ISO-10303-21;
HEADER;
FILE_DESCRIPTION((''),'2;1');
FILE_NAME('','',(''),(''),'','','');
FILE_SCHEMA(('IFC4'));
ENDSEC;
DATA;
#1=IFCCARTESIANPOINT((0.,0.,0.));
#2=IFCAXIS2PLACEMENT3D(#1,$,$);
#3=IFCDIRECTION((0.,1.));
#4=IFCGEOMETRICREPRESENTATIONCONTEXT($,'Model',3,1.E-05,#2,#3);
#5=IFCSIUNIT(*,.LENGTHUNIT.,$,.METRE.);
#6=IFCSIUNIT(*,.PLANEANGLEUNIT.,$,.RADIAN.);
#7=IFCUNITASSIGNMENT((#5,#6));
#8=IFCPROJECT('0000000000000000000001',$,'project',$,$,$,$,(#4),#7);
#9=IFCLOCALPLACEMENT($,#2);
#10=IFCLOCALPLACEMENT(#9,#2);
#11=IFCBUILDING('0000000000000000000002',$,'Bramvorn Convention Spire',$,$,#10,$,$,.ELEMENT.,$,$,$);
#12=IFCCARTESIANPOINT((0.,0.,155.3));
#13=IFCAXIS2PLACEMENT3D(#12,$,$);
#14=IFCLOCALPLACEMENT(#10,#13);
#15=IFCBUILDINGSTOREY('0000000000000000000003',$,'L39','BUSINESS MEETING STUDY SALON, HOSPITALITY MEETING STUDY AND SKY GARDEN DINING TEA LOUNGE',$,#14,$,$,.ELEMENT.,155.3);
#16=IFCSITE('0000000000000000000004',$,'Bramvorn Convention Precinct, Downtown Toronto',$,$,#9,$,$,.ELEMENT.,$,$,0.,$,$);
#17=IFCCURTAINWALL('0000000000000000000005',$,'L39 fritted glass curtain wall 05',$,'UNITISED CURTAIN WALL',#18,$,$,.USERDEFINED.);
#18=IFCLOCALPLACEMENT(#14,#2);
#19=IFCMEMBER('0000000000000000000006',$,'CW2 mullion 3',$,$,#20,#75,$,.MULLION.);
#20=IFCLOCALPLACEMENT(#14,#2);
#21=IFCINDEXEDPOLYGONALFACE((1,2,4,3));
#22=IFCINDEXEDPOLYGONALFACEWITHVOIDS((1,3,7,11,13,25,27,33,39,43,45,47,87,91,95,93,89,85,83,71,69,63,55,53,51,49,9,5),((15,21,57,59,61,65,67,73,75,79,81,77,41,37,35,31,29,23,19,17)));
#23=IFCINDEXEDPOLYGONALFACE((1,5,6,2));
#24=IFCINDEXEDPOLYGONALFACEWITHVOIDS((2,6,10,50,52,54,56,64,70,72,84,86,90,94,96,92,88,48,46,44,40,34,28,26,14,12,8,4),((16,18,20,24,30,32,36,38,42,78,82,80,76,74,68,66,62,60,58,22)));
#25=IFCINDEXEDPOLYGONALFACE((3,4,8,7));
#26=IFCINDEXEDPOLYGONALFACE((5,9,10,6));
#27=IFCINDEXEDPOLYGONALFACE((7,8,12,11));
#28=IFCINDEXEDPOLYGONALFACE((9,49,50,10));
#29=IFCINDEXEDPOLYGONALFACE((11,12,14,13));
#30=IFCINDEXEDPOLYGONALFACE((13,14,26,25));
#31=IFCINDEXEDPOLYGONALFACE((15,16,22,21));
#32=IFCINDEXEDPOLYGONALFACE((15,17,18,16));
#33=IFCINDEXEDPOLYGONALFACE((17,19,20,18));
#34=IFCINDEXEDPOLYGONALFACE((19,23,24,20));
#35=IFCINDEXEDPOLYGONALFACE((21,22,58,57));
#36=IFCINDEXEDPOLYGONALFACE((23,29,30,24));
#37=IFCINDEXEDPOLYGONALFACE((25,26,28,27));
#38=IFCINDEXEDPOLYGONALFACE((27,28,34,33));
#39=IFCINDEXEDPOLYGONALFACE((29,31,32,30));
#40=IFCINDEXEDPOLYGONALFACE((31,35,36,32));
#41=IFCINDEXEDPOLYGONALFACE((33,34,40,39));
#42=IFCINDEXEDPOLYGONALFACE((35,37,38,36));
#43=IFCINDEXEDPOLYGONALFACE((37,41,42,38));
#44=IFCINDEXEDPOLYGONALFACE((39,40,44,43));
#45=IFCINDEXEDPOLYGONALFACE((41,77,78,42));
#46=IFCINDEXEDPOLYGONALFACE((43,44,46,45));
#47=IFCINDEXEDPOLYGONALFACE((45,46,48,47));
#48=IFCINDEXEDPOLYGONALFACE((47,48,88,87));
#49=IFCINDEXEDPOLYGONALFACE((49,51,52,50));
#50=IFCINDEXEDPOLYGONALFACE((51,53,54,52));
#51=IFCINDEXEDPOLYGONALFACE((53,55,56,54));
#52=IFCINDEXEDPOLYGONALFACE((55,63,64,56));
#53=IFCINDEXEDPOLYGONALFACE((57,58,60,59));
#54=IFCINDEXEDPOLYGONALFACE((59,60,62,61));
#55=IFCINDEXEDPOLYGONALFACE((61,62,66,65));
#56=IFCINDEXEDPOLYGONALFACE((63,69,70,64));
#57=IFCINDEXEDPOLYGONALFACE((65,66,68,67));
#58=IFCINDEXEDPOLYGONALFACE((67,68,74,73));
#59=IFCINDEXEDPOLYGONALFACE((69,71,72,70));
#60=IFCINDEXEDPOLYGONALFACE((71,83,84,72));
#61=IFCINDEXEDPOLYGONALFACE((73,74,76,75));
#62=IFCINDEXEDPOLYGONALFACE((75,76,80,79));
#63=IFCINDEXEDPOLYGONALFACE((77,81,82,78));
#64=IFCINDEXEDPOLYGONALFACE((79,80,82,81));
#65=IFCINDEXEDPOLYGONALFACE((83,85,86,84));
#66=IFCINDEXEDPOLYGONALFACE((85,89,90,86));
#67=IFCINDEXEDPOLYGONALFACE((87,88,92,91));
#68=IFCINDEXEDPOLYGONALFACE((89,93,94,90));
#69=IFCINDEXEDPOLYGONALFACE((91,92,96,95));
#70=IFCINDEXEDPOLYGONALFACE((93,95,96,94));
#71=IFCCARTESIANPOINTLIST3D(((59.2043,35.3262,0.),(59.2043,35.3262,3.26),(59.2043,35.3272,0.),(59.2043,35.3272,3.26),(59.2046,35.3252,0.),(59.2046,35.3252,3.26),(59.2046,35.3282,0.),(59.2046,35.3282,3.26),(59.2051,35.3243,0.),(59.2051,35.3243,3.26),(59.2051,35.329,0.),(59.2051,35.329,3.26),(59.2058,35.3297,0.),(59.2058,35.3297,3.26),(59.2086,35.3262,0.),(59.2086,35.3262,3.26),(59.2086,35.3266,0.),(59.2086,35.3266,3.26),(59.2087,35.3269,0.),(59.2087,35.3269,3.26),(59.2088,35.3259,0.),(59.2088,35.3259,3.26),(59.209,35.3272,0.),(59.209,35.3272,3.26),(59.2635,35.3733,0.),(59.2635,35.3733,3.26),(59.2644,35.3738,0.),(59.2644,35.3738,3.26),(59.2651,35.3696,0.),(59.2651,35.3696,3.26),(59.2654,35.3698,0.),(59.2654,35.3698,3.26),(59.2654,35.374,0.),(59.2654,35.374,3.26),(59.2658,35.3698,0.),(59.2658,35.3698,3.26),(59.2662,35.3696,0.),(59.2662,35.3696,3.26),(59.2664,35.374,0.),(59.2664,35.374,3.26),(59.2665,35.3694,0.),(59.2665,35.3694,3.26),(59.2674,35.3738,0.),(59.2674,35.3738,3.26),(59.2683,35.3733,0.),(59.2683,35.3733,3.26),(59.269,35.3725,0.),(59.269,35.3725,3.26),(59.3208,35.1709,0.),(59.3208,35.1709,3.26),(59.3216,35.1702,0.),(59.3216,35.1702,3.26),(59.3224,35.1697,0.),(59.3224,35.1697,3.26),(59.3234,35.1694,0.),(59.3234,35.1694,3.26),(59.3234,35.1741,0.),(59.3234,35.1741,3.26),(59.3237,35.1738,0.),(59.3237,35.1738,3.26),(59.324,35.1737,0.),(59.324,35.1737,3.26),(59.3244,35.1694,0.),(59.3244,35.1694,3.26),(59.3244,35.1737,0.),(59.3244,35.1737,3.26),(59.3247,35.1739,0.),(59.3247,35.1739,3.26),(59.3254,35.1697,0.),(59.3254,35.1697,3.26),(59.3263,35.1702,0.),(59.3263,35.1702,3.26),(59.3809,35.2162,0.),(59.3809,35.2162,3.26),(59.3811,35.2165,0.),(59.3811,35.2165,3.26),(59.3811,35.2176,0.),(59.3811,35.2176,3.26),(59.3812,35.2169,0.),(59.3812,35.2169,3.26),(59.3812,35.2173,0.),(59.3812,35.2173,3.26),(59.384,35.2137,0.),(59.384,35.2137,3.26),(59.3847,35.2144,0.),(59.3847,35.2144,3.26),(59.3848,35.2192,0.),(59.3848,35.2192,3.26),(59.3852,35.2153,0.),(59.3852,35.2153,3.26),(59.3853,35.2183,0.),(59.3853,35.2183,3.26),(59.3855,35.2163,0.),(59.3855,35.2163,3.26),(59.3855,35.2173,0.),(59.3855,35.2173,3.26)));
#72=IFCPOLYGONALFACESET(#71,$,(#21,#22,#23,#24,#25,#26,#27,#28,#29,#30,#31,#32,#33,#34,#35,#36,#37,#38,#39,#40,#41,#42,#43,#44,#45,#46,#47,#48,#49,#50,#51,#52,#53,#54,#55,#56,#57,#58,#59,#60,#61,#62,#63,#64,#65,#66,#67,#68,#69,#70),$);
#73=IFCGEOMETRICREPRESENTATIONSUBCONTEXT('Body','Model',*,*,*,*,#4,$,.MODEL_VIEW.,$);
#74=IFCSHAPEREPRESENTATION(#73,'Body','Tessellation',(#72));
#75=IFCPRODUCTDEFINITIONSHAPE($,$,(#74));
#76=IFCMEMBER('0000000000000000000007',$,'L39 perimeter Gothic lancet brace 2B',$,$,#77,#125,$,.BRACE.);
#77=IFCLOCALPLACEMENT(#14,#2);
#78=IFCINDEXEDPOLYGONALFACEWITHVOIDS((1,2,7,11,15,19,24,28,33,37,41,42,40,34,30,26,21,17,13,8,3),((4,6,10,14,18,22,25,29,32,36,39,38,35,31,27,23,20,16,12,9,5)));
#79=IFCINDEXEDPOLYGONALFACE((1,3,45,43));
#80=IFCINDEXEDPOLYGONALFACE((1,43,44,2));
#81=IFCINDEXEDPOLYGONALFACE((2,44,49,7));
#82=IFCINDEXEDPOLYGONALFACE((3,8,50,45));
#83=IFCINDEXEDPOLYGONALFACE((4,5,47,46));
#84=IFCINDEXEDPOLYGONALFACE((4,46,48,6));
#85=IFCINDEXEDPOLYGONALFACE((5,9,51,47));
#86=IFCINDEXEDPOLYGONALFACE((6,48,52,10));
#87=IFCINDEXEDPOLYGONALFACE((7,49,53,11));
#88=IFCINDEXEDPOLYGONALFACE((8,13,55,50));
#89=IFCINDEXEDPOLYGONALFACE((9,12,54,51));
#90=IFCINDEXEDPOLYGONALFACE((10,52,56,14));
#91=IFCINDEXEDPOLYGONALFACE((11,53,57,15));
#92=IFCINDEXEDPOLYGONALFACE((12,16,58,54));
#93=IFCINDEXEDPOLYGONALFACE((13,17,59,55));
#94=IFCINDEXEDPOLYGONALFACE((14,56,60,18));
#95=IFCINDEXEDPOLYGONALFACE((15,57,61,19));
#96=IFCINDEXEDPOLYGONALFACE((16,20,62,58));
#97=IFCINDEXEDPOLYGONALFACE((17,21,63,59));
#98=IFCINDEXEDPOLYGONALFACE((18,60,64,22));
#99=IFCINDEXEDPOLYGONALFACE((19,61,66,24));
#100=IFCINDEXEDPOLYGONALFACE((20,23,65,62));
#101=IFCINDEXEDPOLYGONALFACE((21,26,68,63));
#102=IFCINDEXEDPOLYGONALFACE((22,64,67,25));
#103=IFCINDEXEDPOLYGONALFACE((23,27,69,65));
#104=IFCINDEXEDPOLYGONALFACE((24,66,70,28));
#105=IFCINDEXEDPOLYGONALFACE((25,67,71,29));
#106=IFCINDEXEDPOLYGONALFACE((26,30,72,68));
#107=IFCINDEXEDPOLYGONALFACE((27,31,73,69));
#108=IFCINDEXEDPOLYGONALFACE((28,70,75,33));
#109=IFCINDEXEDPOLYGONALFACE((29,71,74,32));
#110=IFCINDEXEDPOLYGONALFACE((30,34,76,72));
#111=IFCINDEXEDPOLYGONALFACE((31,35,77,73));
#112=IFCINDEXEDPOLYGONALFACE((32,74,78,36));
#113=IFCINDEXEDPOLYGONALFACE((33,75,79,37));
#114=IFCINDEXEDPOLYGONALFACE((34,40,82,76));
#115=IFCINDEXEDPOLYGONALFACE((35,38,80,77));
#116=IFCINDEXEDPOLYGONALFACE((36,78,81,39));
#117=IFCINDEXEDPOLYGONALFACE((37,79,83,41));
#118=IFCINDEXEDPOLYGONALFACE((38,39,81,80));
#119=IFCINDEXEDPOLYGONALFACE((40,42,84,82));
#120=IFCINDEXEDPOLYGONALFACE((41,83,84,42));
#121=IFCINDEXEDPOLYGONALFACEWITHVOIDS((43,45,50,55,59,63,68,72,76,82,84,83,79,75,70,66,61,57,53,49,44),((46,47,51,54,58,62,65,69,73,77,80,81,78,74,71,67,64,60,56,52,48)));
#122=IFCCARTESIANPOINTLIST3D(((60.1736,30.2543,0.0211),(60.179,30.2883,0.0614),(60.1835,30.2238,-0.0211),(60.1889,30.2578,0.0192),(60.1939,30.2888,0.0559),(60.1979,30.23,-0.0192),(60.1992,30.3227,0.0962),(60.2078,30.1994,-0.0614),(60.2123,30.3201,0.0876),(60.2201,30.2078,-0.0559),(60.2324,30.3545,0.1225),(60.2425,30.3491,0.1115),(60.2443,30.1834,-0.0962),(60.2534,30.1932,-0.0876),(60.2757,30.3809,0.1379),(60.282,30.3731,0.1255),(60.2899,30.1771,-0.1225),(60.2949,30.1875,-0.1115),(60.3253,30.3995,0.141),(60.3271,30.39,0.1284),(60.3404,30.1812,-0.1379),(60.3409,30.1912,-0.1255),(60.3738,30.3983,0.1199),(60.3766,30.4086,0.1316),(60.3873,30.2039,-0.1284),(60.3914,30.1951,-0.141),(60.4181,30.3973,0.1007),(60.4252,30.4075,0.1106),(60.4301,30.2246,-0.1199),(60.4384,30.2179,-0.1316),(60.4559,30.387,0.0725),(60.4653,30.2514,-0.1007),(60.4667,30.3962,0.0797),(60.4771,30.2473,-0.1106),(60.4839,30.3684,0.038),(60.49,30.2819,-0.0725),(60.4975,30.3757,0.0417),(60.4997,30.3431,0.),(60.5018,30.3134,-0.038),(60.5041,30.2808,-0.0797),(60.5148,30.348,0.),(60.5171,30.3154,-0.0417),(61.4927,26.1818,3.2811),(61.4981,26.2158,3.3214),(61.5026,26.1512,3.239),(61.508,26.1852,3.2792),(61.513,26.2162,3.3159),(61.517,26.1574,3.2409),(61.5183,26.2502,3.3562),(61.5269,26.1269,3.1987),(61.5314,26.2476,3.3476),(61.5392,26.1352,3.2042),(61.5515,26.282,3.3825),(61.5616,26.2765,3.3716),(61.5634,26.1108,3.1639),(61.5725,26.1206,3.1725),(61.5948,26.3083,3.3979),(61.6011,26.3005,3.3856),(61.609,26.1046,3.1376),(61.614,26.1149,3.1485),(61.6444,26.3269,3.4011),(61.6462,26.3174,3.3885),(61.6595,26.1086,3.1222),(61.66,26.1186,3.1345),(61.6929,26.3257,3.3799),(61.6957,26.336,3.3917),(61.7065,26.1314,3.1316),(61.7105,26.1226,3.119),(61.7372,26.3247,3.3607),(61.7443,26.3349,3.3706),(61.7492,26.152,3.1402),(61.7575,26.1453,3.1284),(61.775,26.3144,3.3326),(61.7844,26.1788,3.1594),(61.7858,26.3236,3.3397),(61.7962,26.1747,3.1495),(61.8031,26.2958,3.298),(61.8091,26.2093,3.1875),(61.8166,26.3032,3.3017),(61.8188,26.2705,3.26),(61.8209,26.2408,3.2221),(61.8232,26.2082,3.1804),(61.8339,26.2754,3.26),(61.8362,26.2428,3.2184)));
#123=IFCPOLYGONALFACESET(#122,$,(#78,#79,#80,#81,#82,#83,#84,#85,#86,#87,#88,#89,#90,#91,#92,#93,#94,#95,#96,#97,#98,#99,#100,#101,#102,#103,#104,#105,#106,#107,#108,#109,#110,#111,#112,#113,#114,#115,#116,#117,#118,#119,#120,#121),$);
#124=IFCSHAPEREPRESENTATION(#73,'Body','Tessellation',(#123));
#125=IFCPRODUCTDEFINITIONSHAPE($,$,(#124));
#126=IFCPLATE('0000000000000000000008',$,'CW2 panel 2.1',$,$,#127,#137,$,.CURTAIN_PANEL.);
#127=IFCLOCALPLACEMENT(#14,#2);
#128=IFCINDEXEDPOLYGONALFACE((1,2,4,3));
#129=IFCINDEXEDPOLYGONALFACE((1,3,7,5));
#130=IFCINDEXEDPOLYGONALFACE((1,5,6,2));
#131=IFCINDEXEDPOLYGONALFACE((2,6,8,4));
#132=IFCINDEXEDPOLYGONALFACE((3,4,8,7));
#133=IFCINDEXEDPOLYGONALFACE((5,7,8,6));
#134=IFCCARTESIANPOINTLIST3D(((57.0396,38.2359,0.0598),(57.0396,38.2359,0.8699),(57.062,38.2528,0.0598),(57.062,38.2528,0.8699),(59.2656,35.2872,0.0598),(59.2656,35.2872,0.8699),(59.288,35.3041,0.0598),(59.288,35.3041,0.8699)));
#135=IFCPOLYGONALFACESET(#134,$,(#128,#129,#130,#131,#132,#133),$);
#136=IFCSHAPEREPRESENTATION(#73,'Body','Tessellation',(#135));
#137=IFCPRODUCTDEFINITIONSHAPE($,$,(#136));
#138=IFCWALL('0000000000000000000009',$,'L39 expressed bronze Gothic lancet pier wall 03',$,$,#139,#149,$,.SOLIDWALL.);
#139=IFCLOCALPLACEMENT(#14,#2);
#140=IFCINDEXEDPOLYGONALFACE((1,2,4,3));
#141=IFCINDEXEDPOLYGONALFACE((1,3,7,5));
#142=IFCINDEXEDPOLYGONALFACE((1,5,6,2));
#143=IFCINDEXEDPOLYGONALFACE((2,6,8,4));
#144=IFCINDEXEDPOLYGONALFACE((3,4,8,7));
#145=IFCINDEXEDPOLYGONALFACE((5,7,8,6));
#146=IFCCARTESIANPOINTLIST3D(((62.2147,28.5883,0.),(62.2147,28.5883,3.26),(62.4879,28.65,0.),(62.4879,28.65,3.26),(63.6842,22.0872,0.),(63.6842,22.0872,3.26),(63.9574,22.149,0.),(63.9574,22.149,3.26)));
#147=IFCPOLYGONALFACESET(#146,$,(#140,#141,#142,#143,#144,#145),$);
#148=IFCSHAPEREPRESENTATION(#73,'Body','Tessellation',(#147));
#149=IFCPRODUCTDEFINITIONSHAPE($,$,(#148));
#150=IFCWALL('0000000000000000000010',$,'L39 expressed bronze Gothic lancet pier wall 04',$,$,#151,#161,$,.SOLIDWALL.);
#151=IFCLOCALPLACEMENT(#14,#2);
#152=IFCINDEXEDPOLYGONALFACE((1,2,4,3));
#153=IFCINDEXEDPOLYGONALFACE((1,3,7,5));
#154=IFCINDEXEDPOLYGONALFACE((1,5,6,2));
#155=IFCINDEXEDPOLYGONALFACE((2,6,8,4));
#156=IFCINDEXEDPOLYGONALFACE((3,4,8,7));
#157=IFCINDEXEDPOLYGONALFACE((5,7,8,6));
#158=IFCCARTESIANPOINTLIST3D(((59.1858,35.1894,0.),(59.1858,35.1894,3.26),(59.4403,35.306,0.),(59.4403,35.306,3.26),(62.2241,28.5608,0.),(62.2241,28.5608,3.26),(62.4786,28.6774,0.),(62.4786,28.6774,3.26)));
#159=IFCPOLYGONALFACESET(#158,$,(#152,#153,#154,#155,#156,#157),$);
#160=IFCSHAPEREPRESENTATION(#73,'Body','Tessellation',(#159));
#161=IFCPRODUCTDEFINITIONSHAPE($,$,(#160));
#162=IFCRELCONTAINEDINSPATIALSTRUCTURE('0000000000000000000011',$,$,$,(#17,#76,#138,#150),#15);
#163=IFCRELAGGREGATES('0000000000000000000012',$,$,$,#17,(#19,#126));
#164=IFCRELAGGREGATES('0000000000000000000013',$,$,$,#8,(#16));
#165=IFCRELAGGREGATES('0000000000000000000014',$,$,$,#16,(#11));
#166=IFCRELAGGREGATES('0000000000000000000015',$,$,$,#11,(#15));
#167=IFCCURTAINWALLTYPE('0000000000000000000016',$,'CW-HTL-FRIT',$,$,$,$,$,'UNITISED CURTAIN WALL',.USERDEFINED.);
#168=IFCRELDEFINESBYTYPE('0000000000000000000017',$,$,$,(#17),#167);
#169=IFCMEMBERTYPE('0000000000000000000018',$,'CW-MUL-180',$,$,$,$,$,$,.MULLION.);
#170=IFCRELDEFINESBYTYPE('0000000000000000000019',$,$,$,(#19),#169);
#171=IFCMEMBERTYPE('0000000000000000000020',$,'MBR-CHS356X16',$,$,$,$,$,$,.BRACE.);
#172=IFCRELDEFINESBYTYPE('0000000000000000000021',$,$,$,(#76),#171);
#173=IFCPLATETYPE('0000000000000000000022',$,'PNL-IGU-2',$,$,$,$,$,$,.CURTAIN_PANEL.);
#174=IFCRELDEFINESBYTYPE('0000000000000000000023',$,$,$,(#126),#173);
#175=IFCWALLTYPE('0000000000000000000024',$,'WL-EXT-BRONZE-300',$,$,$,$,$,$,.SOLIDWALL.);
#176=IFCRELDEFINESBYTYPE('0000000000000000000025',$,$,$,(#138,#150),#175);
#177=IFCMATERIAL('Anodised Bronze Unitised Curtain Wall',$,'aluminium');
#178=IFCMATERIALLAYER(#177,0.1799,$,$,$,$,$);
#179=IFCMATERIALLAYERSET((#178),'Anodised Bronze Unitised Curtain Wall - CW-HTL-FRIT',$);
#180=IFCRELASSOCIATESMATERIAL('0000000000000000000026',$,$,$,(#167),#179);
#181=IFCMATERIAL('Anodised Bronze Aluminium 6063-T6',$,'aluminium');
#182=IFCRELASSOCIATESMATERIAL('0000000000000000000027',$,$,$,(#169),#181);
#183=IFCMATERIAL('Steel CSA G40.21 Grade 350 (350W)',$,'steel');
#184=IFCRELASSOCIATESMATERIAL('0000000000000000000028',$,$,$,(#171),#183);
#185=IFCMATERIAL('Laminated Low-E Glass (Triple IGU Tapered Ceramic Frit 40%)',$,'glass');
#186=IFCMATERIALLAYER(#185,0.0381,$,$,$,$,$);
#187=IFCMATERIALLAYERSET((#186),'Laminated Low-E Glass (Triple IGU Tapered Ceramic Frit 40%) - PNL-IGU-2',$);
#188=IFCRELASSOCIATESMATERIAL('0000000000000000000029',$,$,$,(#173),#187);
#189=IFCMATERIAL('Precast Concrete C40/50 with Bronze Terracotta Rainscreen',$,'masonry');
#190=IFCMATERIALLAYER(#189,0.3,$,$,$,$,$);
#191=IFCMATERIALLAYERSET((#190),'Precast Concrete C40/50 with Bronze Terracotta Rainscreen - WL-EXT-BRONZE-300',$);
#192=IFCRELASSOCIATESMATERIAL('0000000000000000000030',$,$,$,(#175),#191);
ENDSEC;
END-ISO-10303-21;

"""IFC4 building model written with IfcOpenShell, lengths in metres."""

from ifc_helpers import new_model, si_unit, direction, frame, frame_2d, origin, origin_2d, place, context, subcontext, project, spatial, rectangle, hollow_rectangle, hollow_circle, extrude, material, layer, layer_set, material_profile, profile_set, type_object, element, aggregate, save


model = new_model("IFC4")

# Units and contexts
model_context = context("Model", 3, precision=1e-05, world=origin(), true_north=direction((0.0, 1.0)))
body_context = subcontext(model_context, "Body", "Model", "MODEL_VIEW")
ifc_project = project(units=[si_unit("LENGTHUNIT", "METRE"), si_unit("PLANEANGLEUNIT", "RADIAN")], contexts=[model_context])

# Site, building, storey
site_placement = place(None, origin())
site = spatial("IfcSite", under=ifc_project, at=site_placement, Name="Bramvorn Convention Precinct, Downtown Toronto", CompositionType="ELEMENT", RefElevation=0.0)
building_placement = place(site_placement, origin())
building = spatial("IfcBuilding", under=site, at=building_placement, Name="Bramvorn Convention Spire", CompositionType="ELEMENT")
storey_placement = place(building_placement, frame((0.0, 0.0, 155.3)))
storey = spatial("IfcBuildingStorey", under=building, at=storey_placement, Name="L39", Description="BUSINESS MEETING STUDY SALON, HOSPITALITY MEETING STUDY AND SKY GARDEN DINING TEA LOUNGE", CompositionType="ELEMENT", Elevation=155.3)

# Shared definitions
ifc_material_1 = material(Name="Steel CSA G40.21 Grade 350 (350W)", Category="steel")

# Curtain wall, member
ifc_material_2 = material(Name="Anodised Bronze Unitised Curtain Wall", Category="aluminium")
ifc_layer_1 = layer(ifc_material_2, 0.1799)
ifc_layer_set_1 = layer_set([ifc_layer_1], Name="Anodised Bronze Unitised Curtain Wall - CW-HTL-FRIT")
curtain_wall_type = type_object("IfcCurtainWallType", Name="CW-HTL-FRIT", ElementType="UNITISED CURTAIN WALL", PredefinedType="USERDEFINED", material=ifc_layer_set_1)
curtain_wall_placement = place(storey_placement, origin())
curtain_wall = element("IfcCurtainWall", 1, at=curtain_wall_placement, inside=storey, type_object=curtain_wall_type, Name="L39 fritted glass curtain wall 05", ObjectType="UNITISED CURTAIN WALL", PredefinedType="USERDEFINED")
ifc_material_3 = material(Name="Anodised Bronze Aluminium 6063-T6", Category="aluminium")
ifc_material_profile_1 = material_profile(ifc_material_3, hollow_rectangle(XDim=0.0801, YDim=0.2, WallThickness=0.0039, InnerFilletRadius=0.001, OuterFilletRadius=0.0039, at=origin_2d()))
ifc_profile_set_1 = profile_set([ifc_material_profile_1], Name="Anodised Bronze Aluminium 6063-T6 - CWM80X200")
member_type_1 = type_object("IfcMemberType", Name="CW-MUL-180", PredefinedType="MULLION", material=ifc_profile_set_1)
member_1_placement = place(storey_placement, frame((59.2949, 35.2717, 0.0), z_axis=(0.0, 0.0, 1.0), x_axis=(0.798108, 0.602515, 0.0)))
member_1 = element("IfcMember", 2, at=member_1_placement, type_object=member_type_1, Name="CW2 mullion 3", PredefinedType="MULLION", context=body_context, shape_type="SweptSolid", body=[
    extrude(hollow_rectangle(XDim=0.0801, YDim=0.2, WallThickness=0.0039, InnerFilletRadius=0.001, OuterFilletRadius=0.0039, at=origin_2d()), origin(), (0.0, 0.0, 1.0), 3.26),
])

# Member
ifc_material_profile_2 = material_profile(ifc_material_1, hollow_circle(Radius=0.1777, WallThickness=0.0159, at=origin_2d()))
ifc_profile_set_2 = profile_set([ifc_material_profile_2], Name="Steel CSA G40.21 Grade 350 (350W) - CHS356X16")
member_type_2 = type_object("IfcMemberType", Name="MBR-CHS356X16", PredefinedType="BRACE", material=ifc_profile_set_2)
member_2_placement = place(storey_placement, frame((60.3457, 30.2932, 0.0), z_axis=(0.245148, -0.75686, 0.60586), x_axis=(0.951341, 0.308141, 0.0)))
element("IfcMember", 3, at=member_2_placement, inside=storey, type_object=member_type_2, Name="L39 perimeter Gothic lancet brace 2B", PredefinedType="BRACE", context=body_context, shape_type="SweptSolid", body=[
    extrude(hollow_circle(Radius=0.1777, WallThickness=0.0159, at=origin_2d()), origin(), (0.0, 0.0, 1.0), 5.3809),
])

# Plate
ifc_material_4 = material(Name="Laminated Low-E Glass (Triple IGU Tapered Ceramic Frit 40%)", Category="glass")
ifc_layer_2 = layer(ifc_material_4, 0.0381)
ifc_layer_set_2 = layer_set([ifc_layer_2], Name="Laminated Low-E Glass (Triple IGU Tapered Ceramic Frit 40%) - PNL-IGU-2")
plate_type = type_object("IfcPlateType", Name="PNL-IGU-2", PredefinedType="CURTAIN_PANEL", material=ifc_layer_set_2)
plate_placement = place(storey_placement, frame((58.1638, 36.77, 0.0598), z_axis=(0.0, 0.0, 1.0), x_axis=(0.602515, -0.798108, 0.0)))
plate = element("IfcPlate", 4, at=plate_placement, type_object=plate_type, Name="CW2 panel 2.1", PredefinedType="CURTAIN_PANEL", context=body_context, shape_type="SweptSolid", body=[
    extrude(rectangle(XDim=3.6946, YDim=0.0281, at=origin_2d()), origin(), (0.0, 0.0, 1.0), 0.8101),
])
aggregate(curtain_wall, [member_1, plate])

# Walls
ifc_material_5 = material(Name="Precast Concrete C40/50 with Bronze Terracotta Rainscreen", Category="masonry")
ifc_layer_3 = layer(ifc_material_5, 0.3)
ifc_layer_set_3 = layer_set([ifc_layer_3], Name="Precast Concrete C40/50 with Bronze Terracotta Rainscreen - WL-EXT-BRONZE-300")
wall_type_1 = type_object("IfcWallType", Name="WL-EXT-BRONZE-300", PredefinedType="SOLIDWALL", material=ifc_layer_set_3)
wall_1_placement = place(storey_placement, frame((62.3513, 28.6191, 0.0), z_axis=(0.0, 0.0, 1.0), x_axis=(0.220478, -0.975392, 0.0)))
element("IfcWall", 5, at=wall_1_placement, inside=storey, type_object=wall_type_1, Name="L39 expressed bronze Gothic lancet pier wall 03", PredefinedType="SOLIDWALL", context=body_context, shape_type="SweptSolid", body=[
    extrude(rectangle(XDim=6.665, YDim=0.28, at=frame_2d((3.3325, 0.0))), origin(), (0.0, 0.0, 1.0), 3.26),
])
wall_2_placement = place(storey_placement, frame((59.313, 35.2478, 0.0), z_axis=(0.0, 0.0, 1.0), x_axis=(0.416677, -0.909055, 0.0)))
element("IfcWall", 6, at=wall_2_placement, inside=storey, type_object=wall_type_1, Name="L39 expressed bronze Gothic lancet pier wall 04", PredefinedType="SOLIDWALL", context=body_context, shape_type="SweptSolid", body=[
    extrude(rectangle(XDim=7.2917, YDim=0.28, at=frame_2d((3.646, 0.0))), origin(), (0.0, 0.0, 1.0), 3.26),
])

save(model, "model.ifc")
